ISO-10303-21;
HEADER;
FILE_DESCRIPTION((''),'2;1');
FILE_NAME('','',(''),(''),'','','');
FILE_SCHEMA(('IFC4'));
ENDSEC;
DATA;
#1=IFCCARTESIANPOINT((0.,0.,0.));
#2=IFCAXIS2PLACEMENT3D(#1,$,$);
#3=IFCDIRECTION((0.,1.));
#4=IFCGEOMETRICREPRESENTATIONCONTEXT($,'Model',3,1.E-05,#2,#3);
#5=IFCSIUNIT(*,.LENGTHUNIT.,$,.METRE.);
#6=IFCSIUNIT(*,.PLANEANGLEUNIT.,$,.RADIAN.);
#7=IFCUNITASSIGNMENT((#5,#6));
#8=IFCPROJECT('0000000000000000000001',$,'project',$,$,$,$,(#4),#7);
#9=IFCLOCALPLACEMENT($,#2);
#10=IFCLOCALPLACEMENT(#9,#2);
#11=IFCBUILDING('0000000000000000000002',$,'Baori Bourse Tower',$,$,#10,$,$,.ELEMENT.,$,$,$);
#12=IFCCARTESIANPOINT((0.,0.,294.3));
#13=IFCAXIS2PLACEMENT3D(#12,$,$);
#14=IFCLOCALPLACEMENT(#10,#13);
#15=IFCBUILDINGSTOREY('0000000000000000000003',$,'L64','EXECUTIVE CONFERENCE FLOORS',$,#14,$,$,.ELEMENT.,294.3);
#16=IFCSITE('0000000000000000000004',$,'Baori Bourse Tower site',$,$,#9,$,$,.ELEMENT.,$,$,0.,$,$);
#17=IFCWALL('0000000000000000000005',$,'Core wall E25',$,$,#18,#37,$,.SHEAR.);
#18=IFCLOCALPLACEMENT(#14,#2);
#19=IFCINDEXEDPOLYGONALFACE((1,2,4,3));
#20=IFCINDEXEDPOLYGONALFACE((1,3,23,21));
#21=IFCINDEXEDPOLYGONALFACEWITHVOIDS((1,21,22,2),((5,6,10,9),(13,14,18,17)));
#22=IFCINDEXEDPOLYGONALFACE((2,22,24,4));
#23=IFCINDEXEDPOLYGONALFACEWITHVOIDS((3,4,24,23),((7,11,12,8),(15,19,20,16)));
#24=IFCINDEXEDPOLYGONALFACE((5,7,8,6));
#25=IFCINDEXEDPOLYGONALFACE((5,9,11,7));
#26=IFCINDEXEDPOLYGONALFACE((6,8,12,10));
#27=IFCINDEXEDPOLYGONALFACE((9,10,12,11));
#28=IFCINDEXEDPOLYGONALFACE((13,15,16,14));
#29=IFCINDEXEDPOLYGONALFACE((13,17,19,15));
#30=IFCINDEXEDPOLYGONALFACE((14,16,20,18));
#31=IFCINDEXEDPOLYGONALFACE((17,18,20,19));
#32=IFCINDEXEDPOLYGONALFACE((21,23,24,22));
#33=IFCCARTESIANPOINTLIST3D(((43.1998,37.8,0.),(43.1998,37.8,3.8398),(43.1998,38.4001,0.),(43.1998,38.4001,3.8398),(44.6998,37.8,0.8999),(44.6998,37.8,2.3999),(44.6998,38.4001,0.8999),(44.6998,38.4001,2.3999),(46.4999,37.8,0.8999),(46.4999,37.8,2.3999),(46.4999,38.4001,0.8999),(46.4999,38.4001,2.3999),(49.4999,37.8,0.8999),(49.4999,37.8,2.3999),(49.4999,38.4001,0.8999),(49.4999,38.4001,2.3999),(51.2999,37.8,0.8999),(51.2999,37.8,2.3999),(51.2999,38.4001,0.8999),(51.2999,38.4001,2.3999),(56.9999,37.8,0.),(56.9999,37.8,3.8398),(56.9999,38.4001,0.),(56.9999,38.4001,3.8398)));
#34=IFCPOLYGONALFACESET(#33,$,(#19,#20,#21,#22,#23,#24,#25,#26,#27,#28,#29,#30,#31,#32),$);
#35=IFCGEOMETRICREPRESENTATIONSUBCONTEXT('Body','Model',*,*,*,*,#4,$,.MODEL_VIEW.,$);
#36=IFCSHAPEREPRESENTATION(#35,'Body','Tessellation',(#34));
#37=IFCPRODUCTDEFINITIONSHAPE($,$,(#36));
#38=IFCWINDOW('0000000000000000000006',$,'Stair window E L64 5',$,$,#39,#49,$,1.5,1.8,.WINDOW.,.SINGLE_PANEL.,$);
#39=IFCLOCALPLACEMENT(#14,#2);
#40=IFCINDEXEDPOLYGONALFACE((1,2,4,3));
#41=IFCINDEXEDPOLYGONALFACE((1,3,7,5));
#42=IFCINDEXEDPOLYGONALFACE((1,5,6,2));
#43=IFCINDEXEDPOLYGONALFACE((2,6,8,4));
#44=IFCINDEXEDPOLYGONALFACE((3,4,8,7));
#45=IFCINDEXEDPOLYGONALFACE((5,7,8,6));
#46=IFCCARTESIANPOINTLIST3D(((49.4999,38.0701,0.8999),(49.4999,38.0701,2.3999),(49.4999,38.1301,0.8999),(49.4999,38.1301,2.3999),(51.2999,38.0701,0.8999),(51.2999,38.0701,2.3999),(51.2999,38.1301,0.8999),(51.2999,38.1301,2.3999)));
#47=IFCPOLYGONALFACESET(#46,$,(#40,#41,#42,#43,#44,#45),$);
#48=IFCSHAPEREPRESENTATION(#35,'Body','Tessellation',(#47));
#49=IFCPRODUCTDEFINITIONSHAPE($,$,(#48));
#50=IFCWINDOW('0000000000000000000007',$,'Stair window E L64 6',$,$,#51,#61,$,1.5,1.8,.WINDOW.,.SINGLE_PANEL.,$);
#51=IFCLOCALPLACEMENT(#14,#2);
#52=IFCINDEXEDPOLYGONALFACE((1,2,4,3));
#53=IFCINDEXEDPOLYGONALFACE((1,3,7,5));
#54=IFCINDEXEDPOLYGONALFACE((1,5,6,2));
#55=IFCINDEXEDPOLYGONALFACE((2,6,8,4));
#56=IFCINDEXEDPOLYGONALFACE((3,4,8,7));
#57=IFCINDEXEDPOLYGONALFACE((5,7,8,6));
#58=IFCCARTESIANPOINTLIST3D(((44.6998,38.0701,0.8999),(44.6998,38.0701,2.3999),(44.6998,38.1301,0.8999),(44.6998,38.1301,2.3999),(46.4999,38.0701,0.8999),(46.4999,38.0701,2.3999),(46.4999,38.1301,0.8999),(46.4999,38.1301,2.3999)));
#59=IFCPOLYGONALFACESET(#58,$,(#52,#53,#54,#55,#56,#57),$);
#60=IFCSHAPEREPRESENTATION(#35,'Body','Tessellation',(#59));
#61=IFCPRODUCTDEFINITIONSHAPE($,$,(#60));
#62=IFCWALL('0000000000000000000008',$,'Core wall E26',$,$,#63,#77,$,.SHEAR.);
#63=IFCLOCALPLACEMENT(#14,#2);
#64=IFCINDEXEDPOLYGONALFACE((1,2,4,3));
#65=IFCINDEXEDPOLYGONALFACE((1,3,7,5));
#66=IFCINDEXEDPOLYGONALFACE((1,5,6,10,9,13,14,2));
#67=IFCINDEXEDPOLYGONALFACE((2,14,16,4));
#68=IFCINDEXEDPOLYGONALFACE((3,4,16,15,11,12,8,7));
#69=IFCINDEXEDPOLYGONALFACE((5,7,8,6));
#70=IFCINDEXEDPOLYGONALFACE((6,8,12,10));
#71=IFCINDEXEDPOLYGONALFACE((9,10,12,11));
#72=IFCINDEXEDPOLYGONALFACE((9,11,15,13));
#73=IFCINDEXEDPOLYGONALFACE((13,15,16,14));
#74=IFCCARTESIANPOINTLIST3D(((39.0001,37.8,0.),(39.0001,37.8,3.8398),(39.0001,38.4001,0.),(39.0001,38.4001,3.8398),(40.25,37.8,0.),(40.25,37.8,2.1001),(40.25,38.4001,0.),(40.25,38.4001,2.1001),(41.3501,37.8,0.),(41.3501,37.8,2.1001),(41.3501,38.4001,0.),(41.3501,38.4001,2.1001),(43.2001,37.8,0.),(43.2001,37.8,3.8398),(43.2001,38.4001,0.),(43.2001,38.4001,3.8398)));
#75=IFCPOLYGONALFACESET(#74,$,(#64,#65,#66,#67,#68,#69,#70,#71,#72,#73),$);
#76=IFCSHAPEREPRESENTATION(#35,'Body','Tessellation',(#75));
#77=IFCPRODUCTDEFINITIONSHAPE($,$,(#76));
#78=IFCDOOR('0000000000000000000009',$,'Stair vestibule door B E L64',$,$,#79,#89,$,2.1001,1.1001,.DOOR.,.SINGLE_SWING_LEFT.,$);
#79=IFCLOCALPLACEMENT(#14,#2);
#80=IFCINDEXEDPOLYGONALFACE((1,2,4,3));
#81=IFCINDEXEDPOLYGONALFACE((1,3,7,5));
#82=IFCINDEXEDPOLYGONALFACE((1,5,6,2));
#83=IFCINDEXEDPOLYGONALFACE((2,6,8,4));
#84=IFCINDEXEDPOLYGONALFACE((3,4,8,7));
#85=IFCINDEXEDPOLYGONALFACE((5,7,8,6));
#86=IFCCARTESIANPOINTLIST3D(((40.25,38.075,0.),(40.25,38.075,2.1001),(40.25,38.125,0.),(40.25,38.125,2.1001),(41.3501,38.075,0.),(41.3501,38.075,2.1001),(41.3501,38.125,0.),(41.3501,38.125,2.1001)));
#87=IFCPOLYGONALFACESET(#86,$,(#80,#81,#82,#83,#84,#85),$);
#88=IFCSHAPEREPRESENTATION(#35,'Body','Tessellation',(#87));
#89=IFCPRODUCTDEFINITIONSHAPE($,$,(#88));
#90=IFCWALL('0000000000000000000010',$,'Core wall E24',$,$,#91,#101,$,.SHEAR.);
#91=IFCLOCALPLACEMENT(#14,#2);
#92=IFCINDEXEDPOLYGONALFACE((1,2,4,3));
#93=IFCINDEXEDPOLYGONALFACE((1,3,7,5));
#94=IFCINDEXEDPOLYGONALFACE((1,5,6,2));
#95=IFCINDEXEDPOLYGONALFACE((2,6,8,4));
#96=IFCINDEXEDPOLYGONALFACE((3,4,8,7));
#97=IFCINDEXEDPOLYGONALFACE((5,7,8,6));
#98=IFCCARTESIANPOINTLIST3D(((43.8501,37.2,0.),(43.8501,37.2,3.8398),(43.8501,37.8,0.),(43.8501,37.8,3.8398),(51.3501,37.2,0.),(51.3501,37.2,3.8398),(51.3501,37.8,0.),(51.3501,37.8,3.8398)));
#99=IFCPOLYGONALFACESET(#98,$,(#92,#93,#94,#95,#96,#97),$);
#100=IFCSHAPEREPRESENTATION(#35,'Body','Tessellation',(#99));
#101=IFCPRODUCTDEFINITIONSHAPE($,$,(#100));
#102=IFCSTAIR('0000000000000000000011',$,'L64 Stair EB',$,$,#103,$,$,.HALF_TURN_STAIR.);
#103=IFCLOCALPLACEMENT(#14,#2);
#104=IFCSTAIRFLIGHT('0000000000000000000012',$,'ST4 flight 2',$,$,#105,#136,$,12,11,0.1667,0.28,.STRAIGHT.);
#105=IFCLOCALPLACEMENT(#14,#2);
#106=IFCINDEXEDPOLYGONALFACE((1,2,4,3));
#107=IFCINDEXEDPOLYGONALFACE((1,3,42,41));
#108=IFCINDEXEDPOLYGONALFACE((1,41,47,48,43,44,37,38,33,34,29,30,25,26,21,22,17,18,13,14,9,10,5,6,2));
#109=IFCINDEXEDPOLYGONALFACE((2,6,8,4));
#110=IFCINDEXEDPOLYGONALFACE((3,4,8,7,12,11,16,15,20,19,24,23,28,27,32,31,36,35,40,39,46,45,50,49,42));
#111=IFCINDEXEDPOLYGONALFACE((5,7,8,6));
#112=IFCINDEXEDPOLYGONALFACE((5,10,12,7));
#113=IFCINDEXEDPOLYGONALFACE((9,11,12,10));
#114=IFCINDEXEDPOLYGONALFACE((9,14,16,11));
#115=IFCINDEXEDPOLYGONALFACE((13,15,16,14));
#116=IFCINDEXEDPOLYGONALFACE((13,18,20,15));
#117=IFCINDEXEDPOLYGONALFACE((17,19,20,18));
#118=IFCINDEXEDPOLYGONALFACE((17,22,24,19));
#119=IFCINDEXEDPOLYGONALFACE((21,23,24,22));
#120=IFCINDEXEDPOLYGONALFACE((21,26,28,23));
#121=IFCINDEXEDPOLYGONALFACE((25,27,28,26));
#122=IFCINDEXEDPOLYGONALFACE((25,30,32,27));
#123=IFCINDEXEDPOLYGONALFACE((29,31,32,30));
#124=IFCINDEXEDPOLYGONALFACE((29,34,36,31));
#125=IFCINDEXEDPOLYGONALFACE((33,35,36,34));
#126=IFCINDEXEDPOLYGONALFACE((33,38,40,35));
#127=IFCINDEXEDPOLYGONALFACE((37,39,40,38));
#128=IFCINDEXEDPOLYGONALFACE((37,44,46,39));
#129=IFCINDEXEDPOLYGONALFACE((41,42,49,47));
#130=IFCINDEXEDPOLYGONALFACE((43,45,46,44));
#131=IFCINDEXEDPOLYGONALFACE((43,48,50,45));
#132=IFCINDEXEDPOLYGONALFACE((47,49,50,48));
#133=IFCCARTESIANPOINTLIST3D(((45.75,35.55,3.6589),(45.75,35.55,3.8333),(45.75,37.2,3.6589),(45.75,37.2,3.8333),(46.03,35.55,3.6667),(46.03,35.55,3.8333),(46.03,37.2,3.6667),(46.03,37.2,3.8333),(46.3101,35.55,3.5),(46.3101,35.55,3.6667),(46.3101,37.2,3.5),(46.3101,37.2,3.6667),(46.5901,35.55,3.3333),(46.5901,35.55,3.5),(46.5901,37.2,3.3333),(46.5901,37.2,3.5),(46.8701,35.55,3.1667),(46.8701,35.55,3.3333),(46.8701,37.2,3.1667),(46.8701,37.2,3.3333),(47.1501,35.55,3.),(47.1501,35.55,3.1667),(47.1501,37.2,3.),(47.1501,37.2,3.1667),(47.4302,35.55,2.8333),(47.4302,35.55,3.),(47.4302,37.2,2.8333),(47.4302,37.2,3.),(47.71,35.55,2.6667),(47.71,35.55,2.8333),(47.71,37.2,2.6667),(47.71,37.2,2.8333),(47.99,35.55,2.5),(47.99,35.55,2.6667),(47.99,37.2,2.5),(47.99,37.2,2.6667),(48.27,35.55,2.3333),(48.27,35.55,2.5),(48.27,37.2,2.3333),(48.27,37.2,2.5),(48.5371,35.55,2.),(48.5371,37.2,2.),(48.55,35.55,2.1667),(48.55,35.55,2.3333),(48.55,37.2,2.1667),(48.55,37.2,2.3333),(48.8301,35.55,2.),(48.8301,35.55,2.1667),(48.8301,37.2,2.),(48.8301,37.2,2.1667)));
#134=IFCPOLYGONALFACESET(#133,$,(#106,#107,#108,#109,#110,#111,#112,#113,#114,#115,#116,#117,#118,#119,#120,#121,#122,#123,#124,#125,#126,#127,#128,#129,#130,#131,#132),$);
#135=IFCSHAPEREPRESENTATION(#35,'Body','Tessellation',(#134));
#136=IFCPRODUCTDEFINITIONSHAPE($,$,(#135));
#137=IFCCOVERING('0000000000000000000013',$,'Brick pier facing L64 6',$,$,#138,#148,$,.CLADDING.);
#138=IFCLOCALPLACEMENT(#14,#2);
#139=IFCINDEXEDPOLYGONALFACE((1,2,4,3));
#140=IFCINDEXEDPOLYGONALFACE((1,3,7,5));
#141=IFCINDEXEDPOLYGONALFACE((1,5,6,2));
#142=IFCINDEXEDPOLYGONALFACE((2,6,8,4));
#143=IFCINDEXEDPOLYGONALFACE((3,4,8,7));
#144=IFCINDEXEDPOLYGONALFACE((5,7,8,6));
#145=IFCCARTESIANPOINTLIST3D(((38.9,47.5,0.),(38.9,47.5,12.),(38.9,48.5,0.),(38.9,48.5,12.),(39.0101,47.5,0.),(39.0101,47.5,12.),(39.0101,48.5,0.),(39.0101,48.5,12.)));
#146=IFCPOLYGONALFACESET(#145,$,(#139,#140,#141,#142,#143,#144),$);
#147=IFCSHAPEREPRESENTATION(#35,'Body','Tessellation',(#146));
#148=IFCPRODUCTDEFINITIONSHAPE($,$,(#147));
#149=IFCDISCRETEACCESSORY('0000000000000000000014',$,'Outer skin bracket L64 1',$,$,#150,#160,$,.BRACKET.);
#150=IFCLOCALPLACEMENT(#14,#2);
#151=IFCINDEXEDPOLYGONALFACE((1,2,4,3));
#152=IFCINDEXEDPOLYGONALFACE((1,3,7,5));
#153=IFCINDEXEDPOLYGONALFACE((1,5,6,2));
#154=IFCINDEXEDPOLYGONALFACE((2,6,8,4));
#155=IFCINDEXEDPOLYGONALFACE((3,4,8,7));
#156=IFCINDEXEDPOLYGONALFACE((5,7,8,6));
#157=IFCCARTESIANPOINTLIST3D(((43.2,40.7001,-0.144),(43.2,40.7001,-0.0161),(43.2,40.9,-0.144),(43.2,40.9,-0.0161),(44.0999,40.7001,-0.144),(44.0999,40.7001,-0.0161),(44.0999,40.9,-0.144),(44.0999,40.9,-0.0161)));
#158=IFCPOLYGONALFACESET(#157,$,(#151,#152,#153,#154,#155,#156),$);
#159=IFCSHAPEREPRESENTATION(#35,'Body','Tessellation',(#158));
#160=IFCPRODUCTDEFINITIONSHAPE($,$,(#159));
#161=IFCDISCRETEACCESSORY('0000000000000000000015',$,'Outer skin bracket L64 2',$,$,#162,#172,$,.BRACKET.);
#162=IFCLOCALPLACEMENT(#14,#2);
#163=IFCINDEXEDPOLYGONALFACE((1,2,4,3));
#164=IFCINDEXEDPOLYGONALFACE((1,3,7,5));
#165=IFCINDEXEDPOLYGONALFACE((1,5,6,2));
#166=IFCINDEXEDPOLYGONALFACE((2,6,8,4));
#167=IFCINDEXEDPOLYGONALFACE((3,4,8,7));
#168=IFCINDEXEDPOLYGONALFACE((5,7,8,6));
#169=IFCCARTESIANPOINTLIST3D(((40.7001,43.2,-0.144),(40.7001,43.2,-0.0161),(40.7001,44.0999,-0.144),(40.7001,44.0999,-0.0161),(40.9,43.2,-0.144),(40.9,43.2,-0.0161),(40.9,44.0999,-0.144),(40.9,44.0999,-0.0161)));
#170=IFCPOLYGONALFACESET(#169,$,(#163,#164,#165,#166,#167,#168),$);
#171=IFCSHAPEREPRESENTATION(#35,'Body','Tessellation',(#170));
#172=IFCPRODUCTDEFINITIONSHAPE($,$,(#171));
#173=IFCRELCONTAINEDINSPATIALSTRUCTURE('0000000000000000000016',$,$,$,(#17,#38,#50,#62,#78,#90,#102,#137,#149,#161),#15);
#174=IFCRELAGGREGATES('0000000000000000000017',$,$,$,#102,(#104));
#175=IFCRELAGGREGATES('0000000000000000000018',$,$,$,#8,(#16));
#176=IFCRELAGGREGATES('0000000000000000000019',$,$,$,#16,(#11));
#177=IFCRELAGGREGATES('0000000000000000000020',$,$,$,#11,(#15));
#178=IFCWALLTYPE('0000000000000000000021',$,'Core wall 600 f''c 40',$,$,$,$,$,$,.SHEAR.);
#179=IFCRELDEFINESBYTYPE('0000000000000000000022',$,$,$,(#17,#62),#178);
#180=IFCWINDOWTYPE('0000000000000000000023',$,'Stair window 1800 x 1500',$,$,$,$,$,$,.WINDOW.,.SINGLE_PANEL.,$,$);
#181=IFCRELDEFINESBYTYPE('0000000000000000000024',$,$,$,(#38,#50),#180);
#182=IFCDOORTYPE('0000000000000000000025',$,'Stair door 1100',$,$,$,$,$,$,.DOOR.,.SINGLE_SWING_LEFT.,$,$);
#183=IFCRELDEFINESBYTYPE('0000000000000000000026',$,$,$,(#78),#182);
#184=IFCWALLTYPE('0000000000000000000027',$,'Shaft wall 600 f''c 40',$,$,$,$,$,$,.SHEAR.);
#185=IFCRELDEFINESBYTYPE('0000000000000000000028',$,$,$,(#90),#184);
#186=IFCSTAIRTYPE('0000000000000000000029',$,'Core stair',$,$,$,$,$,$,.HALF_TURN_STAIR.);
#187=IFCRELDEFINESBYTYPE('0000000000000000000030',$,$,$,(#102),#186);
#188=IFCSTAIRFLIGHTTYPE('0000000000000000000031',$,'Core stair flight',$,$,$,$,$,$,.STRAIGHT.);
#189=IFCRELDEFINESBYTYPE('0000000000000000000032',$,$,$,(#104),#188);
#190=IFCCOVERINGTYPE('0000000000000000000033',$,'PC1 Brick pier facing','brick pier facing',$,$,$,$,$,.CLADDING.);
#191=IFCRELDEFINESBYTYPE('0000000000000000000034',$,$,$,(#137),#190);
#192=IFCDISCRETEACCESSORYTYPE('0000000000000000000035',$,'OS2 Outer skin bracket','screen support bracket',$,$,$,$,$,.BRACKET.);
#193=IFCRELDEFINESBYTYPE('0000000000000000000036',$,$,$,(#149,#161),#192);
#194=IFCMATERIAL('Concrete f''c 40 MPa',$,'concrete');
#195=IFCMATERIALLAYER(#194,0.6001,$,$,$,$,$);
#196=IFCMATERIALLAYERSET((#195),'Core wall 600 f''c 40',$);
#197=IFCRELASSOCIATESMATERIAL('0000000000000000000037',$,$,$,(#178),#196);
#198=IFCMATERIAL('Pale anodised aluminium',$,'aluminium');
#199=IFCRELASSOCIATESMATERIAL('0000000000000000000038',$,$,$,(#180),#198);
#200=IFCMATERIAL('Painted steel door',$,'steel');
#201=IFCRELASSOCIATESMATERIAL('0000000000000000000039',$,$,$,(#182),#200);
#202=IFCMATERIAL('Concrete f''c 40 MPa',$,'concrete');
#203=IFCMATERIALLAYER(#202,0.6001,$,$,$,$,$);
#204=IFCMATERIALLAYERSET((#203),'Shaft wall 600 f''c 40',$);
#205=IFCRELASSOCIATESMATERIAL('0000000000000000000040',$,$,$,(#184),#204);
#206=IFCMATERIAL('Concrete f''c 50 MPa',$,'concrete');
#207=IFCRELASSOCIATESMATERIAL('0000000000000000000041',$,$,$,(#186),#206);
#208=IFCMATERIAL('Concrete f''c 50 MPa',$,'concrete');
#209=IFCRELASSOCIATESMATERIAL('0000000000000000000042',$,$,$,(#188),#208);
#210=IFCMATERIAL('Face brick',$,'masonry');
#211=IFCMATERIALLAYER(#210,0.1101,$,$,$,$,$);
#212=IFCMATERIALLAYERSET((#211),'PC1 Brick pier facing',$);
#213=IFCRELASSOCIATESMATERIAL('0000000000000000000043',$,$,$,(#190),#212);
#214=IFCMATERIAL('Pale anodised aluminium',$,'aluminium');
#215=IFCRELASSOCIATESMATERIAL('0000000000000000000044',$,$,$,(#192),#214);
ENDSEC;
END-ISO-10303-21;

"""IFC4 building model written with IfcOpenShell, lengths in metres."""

from ifc_helpers import new_model, si_unit, direction, frame, frame_2d, origin, origin_2d, place, context, subcontext, project, spatial, polyline, rectangle, outline, extrude, material, layer, layer_set, type_object, element, fill, aggregate, save


model = new_model("IFC4")

# Units and contexts
model_context = context("Model", 3, precision=1e-05, world=origin(), true_north=direction((0.0, 1.0)))
body_context = subcontext(model_context, "Body", "Model", "MODEL_VIEW")
ifc_project = project(units=[si_unit("LENGTHUNIT", "METRE"), si_unit("PLANEANGLEUNIT", "RADIAN")], contexts=[model_context])

# Site, building, storey
site_placement = place(None, origin())
site = spatial("IfcSite", under=ifc_project, at=site_placement, Name="Baori Bourse Tower site", CompositionType="ELEMENT", RefElevation=0.0)
building_placement = place(site_placement, origin())
building = spatial("IfcBuilding", under=site, at=building_placement, Name="Baori Bourse Tower", CompositionType="ELEMENT")
storey_placement = place(building_placement, frame((0.0, 0.0, 294.3)))
storey = spatial("IfcBuildingStorey", under=building, at=storey_placement, Name="L64", Description="EXECUTIVE CONFERENCE FLOORS", CompositionType="ELEMENT", Elevation=294.3)

# Wall, openings, windows
ifc_material_1 = material(Name="Concrete f'c 40 MPa", Category="concrete")
ifc_layer_1 = layer(ifc_material_1, 0.6001)
ifc_layer_set_1 = layer_set([ifc_layer_1], Name="Core wall 600 f'c 40")
wall_type_1 = type_object("IfcWallType", Name="Core wall 600 f'c 40", PredefinedType="SHEAR", material=ifc_layer_set_1)
wall_1_placement = place(storey_placement, frame((43.2, 38.1001, 0.0), z_axis=(0.0, 0.0, 1.0), x_axis=(1.0, 0.0, 0.0)))
wall_1 = element("IfcWall", 1, at=wall_1_placement, inside=storey, type_object=wall_type_1, Name="Core wall E25", PredefinedType="SHEAR", context=body_context, shape_type="SweptSolid", body=[
    extrude(rectangle(XDim=13.8, YDim=0.6001, at=frame_2d((6.8999, 0.0))), origin(), (0.0, 0.0, 1.0), 3.8398),
])
opening_1_placement = place(wall_1_placement, frame((6.3, 0.0, 0.8999)))
opening_1 = element("IfcOpeningElement", 2, at=opening_1_placement, cuts=wall_1, PredefinedType="OPENING", context=body_context, shape_type="SweptSolid", body=[
    extrude(rectangle(XDim=1.8, YDim=1.5, at=frame_2d((0.8999, 0.75))), frame((0.0, 0.3101, 0.0), z_axis=(0.0, -1.0, 0.0), x_axis=(1.0, 0.0, 0.0)), (0.0, 0.0, 1.0), 0.6201),
])
opening_2_placement = place(wall_1_placement, frame((1.5, 0.0, 0.8999)))
opening_2 = element("IfcOpeningElement", 3, at=opening_2_placement, cuts=wall_1, PredefinedType="OPENING", context=body_context, shape_type="SweptSolid", body=[
    extrude(rectangle(XDim=1.8, YDim=1.5, at=frame_2d((0.8999, 0.75))), frame((0.0, 0.3101, 0.0), z_axis=(0.0, -1.0, 0.0), x_axis=(1.0, 0.0, 0.0)), (0.0, 0.0, 1.0), 0.6201),
])
ifc_material_2 = material(Name="Pale anodised aluminium", Category="aluminium")
window_type_1 = type_object("IfcWindowType", Name="Stair window 1800 x 1500", PartitioningType="SINGLE_PANEL", PredefinedType="WINDOW", material=ifc_material_2)
window_1_placement = place(opening_1_placement, origin())
window_1 = element("IfcWindow", 4, at=window_1_placement, inside=storey, type_object=window_type_1, Name="Stair window E L64 5", OverallHeight=1.5, OverallWidth=1.8, PartitioningType="SINGLE_PANEL", PredefinedType="WINDOW", context=body_context, shape_type="SweptSolid", body=[
    extrude(rectangle(XDim=1.8, YDim=1.5, at=frame_2d((0.8999, 0.75))), frame((0.0, 0.03, 0.0), z_axis=(0.0, -1.0, 0.0), x_axis=(1.0, 0.0, 0.0)), (0.0, 0.0, 1.0), 0.0601),
])
fill(opening_1, window_1)
window_2_placement = place(opening_2_placement, origin())
window_2 = element("IfcWindow", 5, at=window_2_placement, inside=storey, type_object=window_type_1, Name="Stair window E L64 6", OverallHeight=1.5, OverallWidth=1.8, PartitioningType="SINGLE_PANEL", PredefinedType="WINDOW", context=body_context, shape_type="SweptSolid", body=[
    extrude(rectangle(XDim=1.8, YDim=1.5, at=frame_2d((0.8999, 0.75))), frame((0.0, 0.03, 0.0), z_axis=(0.0, -1.0, 0.0), x_axis=(1.0, 0.0, 0.0)), (0.0, 0.0, 1.0), 0.0601),
])
fill(opening_2, window_2)

# Wall, opening, door
wall_2_placement = place(storey_placement, frame((39.0, 38.1001, 0.0), z_axis=(0.0, 0.0, 1.0), x_axis=(1.0, 0.0, 0.0)))
wall_2 = element("IfcWall", 6, at=wall_2_placement, inside=storey, type_object=wall_type_1, Name="Core wall E26", PredefinedType="SHEAR", context=body_context, shape_type="SweptSolid", body=[
    extrude(rectangle(XDim=4.2, YDim=0.6001, at=frame_2d((2.1001, 0.0))), origin(), (0.0, 0.0, 1.0), 3.8398),
])
opening_3_placement = place(wall_2_placement, frame((1.25, 0.0, 0.0)))
opening_3 = element("IfcOpeningElement", 7, at=opening_3_placement, cuts=wall_2, PredefinedType="OPENING", context=body_context, shape_type="SweptSolid", body=[
    extrude(rectangle(XDim=1.1001, YDim=2.1001, at=frame_2d((0.55, 1.05))), frame((0.0, 0.3101, 0.0), z_axis=(0.0, -1.0, 0.0), x_axis=(1.0, 0.0, 0.0)), (0.0, 0.0, 1.0), 0.6201),
])
ifc_material_3 = material(Name="Painted steel door", Category="steel")
door_type = type_object("IfcDoorType", Name="Stair door 1100", OperationType="SINGLE_SWING_LEFT", PredefinedType="DOOR", material=ifc_material_3)
door_placement = place(opening_3_placement, origin())
door = element("IfcDoor", 8, at=door_placement, inside=storey, type_object=door_type, Name="Stair vestibule door B E L64", OperationType="SINGLE_SWING_LEFT", OverallHeight=2.1001, OverallWidth=1.1001, PredefinedType="DOOR", context=body_context, shape_type="SweptSolid", body=[
    extrude(rectangle(XDim=1.1001, YDim=2.1001, at=frame_2d((0.55, 1.05))), frame((0.0, 0.0249, 0.0), z_axis=(0.0, -1.0, 0.0), x_axis=(1.0, 0.0, 0.0)), (0.0, 0.0, 1.0), 0.05),
])
fill(opening_3, door)

# Wall
ifc_material_4 = material(Name="Concrete f'c 40 MPa", Category="concrete")
ifc_layer_2 = layer(ifc_material_4, 0.6001)
ifc_layer_set_2 = layer_set([ifc_layer_2], Name="Shaft wall 600 f'c 40")
wall_type_2 = type_object("IfcWallType", Name="Shaft wall 600 f'c 40", PredefinedType="SHEAR", material=ifc_layer_set_2)
wall_3_placement = place(storey_placement, frame((43.8501, 37.5, 0.0), z_axis=(0.0, 0.0, 1.0), x_axis=(1.0, 0.0, 0.0)))
element("IfcWall", 9, at=wall_3_placement, inside=storey, type_object=wall_type_2, Name="Core wall E24", PredefinedType="SHEAR", context=body_context, shape_type="SweptSolid", body=[
    extrude(rectangle(XDim=7.5, YDim=0.6001, at=frame_2d((3.75, 0.0))), origin(), (0.0, 0.0, 1.0), 3.8398),
])

# Stair, stair flight
ifc_material_5 = material(Name="Concrete f'c 50 MPa", Category="concrete")
stair_type = type_object("IfcStairType", Name="Core stair", PredefinedType="HALF_TURN_STAIR", material=ifc_material_5)
stair_placement = place(storey_placement, origin())
stair = element("IfcStair", 10, at=stair_placement, inside=storey, type_object=stair_type, Name="L64 Stair EB", PredefinedType="HALF_TURN_STAIR")
ifc_material_6 = material(Name="Concrete f'c 50 MPa", Category="concrete")
stair_flight_type = type_object("IfcStairFlightType", Name="Core stair flight", PredefinedType="STRAIGHT", material=ifc_material_6)
stair_flight_placement = place(storey_placement, frame((48.8301, 36.375, 2.0), z_axis=(0.0, 0.0, 1.0), x_axis=(-1.0, 0.0, 0.0)))
stair_flight = element("IfcStairFlight", 11, at=stair_flight_placement, type_object=stair_flight_type, Name="ST4 flight 2", NumberOfRisers=12, NumberOfTreads=11, PredefinedType="STRAIGHT", RiserHeight=0.1667, TreadLength=0.28, context=body_context, shape_type="SweptSolid", body=[
    extrude(outline(polyline([(0.0, 0.0), (0.0, 0.1667), (0.28, 0.1667), (0.28, 0.3333), (0.5601, 0.3333), (0.5601, 0.5), (0.8401, 0.5), (0.8401, 0.6667), (1.1201, 0.6667), (1.1201, 0.8333), (1.3999, 0.8333), (1.3999, 1.0), (1.6799, 1.0), (1.6799, 1.1667), (1.96, 1.1667), (1.96, 1.3333), (2.24, 1.3333), (2.24, 1.5), (2.52, 1.5), (2.52, 1.6667), (2.8, 1.6667), (2.8, 1.8333), (3.0801, 1.8333), (3.0801, 2.0), (3.0801, 1.6589), (0.293, 0.0), (0.0, 0.0)])), frame((0.0, 0.825, 0.0), z_axis=(0.0, -1.0, 0.0), x_axis=(1.0, 0.0, 0.0)), (0.0, 0.0, 1.0), 1.6499),
])
aggregate(stair, [stair_flight])

# Covering
ifc_material_7 = material(Name="Face brick", Category="masonry")
ifc_layer_3 = layer(ifc_material_7, 0.1101)
ifc_layer_set_3 = layer_set([ifc_layer_3], Name="PC1 Brick pier facing")
covering_type = type_object("IfcCoveringType", Name="PC1 Brick pier facing", Description="brick pier facing", PredefinedType="CLADDING", material=ifc_layer_set_3)
covering_placement = place(storey_placement, frame((38.9551, 48.0, 0.0), z_axis=(0.0, 0.0, 1.0), x_axis=(1.0, 0.0, 0.0)))
element("IfcCovering", 12, at=covering_placement, inside=storey, type_object=covering_type, Name="Brick pier facing L64 6", PredefinedType="CLADDING", context=body_context, shape_type="SweptSolid", body=[
    extrude(rectangle(XDim=0.1101, YDim=1.0, at=origin_2d()), origin(), (0.0, 0.0, 1.0), 12.0),
])

# Discrete accessories
ifc_material_8 = material(Name="Pale anodised aluminium", Category="aluminium")
discrete_accessory_type = type_object("IfcDiscreteAccessoryType", Name="OS2 Outer skin bracket", Description="screen support bracket", PredefinedType="BRACKET", material=ifc_material_8)
for number, where, z_axis, x_axis, name in (
    (13, (43.6499, 40.8, -0.144), (0.0, 0.0, 1.0), (0.0, 1.0, 0.0), "Outer skin bracket L64 1"),
    (14, (40.8, 43.6499, -0.144), (0.0, 0.0, 1.0), (-1.0, 0.0, 0.0), "Outer skin bracket L64 2"),
):
    element("IfcDiscreteAccessory", number, at=place(storey_placement, frame(where, z_axis=z_axis, x_axis=x_axis)), inside=storey, type_object=discrete_accessory_type, Name=name, PredefinedType="BRACKET", context=body_context, shape_type="SweptSolid", body=[
        extrude(rectangle(XDim=0.2, YDim=0.8999, at=origin_2d()), origin(), (0.0, 0.0, 1.0), 0.1279),
    ])

save(model, "model.ifc")
